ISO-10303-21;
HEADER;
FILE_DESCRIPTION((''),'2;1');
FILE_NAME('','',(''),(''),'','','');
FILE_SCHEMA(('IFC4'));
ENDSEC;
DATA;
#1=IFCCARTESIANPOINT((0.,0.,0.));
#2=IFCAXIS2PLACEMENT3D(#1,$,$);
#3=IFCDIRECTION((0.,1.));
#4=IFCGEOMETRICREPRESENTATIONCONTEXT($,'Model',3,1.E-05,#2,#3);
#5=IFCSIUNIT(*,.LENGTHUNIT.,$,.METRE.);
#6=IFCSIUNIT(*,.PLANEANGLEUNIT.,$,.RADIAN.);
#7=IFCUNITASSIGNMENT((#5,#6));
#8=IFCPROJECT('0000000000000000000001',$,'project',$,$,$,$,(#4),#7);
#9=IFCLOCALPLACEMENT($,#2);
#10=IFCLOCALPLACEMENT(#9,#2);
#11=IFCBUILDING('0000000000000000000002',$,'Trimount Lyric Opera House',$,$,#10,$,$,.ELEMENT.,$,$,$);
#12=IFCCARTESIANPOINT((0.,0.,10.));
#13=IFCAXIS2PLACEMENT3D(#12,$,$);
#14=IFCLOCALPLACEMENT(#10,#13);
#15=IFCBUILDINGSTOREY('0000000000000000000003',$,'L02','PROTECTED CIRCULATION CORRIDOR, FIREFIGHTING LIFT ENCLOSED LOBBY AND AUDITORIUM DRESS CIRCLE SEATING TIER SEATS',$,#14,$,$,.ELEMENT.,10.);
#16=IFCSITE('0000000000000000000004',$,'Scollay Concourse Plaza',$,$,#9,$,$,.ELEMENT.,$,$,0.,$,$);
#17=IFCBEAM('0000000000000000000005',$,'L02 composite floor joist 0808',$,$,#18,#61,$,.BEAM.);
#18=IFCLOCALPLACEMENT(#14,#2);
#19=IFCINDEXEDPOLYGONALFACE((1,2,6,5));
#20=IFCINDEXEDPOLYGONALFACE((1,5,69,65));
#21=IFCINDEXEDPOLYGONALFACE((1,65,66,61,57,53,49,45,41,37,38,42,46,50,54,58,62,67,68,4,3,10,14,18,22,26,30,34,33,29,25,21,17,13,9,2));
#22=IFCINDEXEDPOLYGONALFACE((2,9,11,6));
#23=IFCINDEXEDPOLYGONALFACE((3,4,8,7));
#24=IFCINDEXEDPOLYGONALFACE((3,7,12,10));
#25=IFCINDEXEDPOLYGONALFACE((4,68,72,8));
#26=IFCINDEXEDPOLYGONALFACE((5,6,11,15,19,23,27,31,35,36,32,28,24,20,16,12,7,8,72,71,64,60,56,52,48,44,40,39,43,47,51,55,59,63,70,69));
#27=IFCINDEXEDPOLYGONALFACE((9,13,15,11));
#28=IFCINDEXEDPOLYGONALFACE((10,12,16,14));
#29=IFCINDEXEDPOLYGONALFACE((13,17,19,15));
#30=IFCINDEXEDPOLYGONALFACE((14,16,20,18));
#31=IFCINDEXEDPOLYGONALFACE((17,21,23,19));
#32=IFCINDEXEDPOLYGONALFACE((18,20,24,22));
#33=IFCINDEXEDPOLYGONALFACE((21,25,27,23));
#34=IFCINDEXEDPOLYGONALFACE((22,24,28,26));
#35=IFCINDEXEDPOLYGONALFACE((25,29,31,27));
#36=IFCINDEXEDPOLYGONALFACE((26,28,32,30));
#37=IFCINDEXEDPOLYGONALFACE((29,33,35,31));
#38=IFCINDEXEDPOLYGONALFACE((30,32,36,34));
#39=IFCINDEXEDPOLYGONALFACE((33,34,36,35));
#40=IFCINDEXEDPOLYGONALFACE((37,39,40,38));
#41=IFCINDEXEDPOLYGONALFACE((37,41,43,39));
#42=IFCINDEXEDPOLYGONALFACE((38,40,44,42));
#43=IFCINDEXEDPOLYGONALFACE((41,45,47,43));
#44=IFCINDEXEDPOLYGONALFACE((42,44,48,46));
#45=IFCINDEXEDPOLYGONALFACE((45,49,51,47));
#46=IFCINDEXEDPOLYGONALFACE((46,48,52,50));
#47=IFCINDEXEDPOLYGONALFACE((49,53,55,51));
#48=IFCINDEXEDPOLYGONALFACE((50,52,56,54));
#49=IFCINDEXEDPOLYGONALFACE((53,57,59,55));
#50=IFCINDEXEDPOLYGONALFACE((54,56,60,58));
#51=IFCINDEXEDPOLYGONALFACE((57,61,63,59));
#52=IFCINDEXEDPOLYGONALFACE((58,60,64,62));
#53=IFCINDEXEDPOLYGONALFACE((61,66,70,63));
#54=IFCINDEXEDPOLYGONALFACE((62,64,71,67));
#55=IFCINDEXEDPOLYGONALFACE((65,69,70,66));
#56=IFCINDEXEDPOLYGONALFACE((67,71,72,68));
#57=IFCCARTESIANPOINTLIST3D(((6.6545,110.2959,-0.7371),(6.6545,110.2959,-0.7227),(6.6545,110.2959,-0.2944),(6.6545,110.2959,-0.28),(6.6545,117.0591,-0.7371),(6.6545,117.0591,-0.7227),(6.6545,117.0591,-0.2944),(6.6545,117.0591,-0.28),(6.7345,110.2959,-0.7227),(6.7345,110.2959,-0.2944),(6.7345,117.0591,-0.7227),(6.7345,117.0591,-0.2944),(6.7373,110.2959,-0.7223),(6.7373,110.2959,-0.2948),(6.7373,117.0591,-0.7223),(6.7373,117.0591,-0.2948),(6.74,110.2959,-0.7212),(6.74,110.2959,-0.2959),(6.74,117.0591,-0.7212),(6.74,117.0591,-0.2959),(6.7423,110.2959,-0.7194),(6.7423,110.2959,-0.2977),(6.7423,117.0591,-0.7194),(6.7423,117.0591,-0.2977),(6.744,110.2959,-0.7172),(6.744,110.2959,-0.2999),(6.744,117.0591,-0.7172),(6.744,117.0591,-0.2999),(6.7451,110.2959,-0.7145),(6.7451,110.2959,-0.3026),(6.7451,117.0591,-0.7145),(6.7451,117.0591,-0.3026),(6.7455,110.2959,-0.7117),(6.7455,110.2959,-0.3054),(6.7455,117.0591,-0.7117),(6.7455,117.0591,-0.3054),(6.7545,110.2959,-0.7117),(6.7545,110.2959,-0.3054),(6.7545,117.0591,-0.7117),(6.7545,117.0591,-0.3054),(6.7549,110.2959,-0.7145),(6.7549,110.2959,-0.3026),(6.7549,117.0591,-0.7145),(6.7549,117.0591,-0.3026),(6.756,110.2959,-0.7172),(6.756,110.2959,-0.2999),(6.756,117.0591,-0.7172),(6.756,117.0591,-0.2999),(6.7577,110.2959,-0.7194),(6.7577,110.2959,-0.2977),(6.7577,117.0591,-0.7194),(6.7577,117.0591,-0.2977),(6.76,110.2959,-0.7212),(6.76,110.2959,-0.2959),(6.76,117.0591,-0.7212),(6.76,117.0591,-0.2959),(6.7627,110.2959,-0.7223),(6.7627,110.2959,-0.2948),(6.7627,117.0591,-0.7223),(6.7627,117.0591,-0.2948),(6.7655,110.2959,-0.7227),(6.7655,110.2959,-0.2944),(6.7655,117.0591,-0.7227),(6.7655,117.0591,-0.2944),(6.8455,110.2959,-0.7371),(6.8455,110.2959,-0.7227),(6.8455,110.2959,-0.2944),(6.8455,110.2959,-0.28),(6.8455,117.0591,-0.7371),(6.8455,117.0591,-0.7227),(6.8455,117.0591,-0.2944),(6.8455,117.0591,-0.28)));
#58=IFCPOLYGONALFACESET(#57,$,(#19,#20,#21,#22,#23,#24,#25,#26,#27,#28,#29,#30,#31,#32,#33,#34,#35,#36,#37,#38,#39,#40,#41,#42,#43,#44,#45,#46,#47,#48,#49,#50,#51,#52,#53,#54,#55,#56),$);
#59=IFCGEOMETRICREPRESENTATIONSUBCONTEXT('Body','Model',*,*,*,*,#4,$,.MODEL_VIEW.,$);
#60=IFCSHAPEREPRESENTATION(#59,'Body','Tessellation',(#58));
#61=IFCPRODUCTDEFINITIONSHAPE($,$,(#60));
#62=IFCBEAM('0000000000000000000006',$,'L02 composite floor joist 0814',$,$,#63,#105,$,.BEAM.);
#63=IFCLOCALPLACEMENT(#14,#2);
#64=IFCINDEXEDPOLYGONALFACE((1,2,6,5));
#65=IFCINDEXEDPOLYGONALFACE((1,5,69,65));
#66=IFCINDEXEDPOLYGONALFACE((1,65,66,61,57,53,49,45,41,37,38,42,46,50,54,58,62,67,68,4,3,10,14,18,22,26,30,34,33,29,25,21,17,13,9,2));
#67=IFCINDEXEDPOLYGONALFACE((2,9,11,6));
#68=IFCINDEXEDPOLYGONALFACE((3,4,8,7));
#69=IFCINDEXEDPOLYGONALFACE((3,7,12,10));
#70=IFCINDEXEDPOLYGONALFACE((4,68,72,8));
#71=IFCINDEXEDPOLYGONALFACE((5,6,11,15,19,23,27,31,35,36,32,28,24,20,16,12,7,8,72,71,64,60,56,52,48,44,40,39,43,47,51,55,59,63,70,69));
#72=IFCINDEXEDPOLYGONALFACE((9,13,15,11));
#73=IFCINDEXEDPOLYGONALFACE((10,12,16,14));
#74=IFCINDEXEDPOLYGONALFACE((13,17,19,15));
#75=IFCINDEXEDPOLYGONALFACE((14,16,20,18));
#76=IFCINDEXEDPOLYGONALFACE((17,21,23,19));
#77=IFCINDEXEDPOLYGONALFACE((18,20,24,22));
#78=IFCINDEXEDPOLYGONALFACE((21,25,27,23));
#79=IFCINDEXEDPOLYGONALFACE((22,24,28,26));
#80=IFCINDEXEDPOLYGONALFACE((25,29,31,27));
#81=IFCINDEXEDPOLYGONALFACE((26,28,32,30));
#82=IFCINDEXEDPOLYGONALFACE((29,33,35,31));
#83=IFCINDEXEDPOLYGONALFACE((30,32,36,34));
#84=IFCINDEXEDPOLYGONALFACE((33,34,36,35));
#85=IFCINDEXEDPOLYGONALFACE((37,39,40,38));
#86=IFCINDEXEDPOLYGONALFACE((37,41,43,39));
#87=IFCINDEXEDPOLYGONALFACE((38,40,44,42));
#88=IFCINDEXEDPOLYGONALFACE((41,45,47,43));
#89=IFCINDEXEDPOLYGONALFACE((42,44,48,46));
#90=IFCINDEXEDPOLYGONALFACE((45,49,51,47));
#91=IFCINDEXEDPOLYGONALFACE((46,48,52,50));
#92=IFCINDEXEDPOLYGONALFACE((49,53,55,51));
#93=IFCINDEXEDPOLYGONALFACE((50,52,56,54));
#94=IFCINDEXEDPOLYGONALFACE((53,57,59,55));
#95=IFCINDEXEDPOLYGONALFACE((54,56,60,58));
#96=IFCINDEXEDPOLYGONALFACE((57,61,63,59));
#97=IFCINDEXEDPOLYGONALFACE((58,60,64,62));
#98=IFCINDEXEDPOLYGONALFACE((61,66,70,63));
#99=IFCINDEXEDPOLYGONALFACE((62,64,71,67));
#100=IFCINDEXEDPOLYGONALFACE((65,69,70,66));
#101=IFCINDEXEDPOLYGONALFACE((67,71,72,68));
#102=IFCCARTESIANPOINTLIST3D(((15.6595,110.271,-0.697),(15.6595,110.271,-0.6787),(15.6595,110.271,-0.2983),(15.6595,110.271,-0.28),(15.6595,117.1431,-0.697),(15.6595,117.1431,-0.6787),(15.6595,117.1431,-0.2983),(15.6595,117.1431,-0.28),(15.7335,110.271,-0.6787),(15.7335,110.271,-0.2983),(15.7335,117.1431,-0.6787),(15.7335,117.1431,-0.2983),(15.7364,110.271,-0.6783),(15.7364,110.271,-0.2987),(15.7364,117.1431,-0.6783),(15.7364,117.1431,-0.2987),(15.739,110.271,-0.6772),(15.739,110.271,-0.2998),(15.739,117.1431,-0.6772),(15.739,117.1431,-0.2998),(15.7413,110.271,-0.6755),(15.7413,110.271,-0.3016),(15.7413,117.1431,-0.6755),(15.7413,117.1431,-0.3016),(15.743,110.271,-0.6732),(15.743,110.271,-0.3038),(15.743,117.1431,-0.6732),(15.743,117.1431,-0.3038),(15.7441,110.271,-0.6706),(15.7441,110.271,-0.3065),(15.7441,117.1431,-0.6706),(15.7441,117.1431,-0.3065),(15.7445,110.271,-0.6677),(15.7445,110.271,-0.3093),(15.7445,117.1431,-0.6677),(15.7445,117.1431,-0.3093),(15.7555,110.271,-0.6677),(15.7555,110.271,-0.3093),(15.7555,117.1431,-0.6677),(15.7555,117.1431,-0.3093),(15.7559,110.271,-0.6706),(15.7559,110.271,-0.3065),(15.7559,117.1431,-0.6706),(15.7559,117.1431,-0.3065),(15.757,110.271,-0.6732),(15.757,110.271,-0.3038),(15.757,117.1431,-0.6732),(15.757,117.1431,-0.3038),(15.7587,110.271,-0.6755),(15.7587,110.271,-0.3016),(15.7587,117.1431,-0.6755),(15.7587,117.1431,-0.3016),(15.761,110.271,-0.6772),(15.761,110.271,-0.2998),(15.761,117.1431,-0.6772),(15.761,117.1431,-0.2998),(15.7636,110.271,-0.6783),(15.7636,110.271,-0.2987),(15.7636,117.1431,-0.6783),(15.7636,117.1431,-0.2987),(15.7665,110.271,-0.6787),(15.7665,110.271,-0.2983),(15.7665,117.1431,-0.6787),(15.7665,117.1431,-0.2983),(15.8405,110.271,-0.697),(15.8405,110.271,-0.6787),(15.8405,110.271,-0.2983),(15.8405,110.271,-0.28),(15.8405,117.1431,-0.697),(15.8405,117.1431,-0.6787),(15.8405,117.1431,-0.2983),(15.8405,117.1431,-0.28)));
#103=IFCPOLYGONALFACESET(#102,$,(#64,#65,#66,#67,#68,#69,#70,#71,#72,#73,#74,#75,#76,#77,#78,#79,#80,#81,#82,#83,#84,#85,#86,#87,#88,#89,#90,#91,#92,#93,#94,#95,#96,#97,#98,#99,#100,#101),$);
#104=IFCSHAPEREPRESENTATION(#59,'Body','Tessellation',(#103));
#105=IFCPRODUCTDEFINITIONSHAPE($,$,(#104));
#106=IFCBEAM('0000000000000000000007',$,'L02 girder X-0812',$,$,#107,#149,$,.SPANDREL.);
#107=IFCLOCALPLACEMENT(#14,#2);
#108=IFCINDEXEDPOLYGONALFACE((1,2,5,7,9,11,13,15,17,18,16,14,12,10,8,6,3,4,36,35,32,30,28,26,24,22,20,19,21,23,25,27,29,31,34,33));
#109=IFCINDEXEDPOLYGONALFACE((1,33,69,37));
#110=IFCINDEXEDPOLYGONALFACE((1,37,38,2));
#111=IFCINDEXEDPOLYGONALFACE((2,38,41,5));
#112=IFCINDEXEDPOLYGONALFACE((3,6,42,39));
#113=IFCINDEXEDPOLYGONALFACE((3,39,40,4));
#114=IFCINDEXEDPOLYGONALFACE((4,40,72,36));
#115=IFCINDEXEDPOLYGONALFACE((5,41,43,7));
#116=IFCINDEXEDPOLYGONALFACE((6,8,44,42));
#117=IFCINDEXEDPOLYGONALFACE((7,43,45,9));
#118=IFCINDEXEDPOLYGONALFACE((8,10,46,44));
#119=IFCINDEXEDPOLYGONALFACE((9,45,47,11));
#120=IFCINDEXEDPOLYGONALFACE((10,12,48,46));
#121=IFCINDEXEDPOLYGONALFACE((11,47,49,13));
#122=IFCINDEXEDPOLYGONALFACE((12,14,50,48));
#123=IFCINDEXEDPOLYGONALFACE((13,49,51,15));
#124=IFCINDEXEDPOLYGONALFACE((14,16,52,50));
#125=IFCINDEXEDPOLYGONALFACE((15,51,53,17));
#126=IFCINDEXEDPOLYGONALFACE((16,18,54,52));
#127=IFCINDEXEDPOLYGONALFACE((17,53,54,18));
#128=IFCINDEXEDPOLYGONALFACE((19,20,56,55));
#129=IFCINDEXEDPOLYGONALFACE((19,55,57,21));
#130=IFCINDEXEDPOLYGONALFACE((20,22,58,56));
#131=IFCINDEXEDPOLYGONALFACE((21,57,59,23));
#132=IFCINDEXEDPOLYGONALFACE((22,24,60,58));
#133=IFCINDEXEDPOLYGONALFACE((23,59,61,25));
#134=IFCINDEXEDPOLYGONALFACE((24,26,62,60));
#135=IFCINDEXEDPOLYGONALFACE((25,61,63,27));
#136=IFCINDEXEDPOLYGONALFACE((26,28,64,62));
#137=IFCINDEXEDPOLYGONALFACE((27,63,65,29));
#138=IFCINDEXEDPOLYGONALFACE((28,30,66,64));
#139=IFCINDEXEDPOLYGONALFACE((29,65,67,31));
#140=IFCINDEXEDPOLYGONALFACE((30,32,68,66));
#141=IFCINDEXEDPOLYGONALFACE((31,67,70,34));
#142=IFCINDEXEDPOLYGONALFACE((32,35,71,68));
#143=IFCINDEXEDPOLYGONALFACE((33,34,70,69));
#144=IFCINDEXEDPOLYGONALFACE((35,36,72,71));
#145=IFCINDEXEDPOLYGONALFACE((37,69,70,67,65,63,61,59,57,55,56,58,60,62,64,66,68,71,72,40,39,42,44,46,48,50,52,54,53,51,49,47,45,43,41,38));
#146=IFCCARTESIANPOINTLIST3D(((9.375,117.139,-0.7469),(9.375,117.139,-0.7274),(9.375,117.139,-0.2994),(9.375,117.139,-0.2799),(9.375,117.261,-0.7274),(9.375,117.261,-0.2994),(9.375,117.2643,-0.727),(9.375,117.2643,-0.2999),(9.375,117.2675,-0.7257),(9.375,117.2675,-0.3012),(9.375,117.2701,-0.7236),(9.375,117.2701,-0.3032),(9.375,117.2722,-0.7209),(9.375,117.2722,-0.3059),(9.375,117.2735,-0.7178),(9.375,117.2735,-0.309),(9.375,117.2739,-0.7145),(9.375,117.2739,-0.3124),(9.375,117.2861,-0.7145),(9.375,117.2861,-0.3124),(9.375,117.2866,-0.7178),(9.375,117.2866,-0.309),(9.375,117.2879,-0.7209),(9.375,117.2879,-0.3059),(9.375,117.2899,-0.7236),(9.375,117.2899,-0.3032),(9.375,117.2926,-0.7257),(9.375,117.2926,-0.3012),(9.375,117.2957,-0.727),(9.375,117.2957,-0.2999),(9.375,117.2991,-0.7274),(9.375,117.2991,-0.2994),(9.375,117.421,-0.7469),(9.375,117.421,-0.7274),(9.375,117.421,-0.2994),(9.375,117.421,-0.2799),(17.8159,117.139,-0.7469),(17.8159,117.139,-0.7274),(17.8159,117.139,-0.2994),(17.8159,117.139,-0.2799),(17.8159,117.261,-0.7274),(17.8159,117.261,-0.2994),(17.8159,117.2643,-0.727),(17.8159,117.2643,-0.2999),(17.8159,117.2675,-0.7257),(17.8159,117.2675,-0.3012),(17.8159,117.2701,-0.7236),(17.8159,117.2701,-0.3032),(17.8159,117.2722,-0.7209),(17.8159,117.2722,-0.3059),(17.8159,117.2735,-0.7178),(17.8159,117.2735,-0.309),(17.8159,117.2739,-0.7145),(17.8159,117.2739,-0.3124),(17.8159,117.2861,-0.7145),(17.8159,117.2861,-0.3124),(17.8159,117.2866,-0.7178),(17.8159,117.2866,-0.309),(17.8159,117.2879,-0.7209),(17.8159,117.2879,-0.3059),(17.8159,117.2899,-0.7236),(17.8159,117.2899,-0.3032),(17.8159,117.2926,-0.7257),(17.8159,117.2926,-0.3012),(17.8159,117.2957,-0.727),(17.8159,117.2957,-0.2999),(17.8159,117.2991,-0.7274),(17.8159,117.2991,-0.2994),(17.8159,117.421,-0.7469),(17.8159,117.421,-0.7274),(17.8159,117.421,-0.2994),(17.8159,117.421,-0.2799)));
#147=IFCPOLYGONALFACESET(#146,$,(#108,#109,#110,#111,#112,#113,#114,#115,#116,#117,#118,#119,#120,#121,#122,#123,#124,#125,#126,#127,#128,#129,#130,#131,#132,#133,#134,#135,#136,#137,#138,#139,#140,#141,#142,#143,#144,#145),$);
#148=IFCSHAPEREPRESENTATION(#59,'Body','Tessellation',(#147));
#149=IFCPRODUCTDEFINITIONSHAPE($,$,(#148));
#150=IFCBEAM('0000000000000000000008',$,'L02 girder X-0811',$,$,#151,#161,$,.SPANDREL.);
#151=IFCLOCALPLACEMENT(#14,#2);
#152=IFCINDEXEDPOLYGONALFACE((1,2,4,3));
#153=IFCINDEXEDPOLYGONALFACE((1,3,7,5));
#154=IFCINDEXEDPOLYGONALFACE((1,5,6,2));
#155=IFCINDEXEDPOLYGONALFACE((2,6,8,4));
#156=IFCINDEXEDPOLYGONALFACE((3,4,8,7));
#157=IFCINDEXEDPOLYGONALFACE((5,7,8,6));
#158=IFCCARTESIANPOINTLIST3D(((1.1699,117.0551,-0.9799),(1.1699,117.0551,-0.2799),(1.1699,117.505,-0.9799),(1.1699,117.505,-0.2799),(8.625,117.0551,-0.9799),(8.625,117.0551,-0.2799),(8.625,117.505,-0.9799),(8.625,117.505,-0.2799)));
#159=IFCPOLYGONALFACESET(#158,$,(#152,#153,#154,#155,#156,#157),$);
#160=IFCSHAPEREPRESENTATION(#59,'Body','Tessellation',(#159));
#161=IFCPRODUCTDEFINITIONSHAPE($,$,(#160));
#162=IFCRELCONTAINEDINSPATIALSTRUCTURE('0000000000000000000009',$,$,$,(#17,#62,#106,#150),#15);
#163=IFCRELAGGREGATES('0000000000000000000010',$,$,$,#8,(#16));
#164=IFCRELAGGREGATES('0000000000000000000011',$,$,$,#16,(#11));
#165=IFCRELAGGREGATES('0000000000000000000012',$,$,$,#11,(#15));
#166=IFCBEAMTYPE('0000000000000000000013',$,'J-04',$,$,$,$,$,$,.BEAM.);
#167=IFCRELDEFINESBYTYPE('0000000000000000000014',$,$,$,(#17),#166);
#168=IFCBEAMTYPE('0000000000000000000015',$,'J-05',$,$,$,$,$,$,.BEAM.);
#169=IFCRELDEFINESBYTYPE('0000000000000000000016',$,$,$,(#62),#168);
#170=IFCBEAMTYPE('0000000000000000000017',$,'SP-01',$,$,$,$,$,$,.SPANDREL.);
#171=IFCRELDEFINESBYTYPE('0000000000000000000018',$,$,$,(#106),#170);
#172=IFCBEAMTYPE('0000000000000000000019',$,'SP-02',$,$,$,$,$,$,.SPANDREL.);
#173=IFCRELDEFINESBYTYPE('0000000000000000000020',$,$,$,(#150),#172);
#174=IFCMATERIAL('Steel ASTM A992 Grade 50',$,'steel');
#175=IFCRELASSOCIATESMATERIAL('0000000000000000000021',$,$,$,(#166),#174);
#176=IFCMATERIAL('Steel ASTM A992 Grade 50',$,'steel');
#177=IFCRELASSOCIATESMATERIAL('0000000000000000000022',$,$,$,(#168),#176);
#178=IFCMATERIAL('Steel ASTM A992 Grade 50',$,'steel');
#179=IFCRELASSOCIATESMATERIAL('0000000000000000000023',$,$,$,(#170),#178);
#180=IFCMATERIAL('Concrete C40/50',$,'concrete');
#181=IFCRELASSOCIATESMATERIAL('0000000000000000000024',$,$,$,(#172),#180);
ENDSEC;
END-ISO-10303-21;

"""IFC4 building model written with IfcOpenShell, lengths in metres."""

from ifc_helpers import new_model, si_unit, direction, frame, origin, origin_2d, place, context, subcontext, project, spatial, rectangle, i_section, extrude, material, material_profile, profile_set, type_object, element, save


model = new_model("IFC4")

# Units and contexts
model_context = context("Model", 3, precision=1e-05, world=origin(), true_north=direction((0.0, 1.0)))
body_context = subcontext(model_context, "Body", "Model", "MODEL_VIEW")
ifc_project = project(units=[si_unit("LENGTHUNIT", "METRE"), si_unit("PLANEANGLEUNIT", "RADIAN")], contexts=[model_context])

# Site, building, storey
site_placement = place(None, origin())
site = spatial("IfcSite", under=ifc_project, at=site_placement, Name="Scollay Concourse Plaza", CompositionType="ELEMENT", RefElevation=0.0)
building_placement = place(site_placement, origin())
building = spatial("IfcBuilding", under=site, at=building_placement, Name="Trimount Lyric Opera House", CompositionType="ELEMENT")
storey_placement = place(building_placement, frame((0.0, 0.0, 10.0)))
storey = spatial("IfcBuildingStorey", under=building, at=storey_placement, Name="L02", Description="PROTECTED CIRCULATION CORRIDOR, FIREFIGHTING LIFT ENCLOSED LOBBY AND AUDITORIUM DRESS CIRCLE SEATING TIER SEATS", CompositionType="ELEMENT", Elevation=10.0)

# Beams
ifc_material_1 = material(Name="Steel ASTM A992 Grade 50", Category="steel")
ifc_material_profile_1 = material_profile(ifc_material_1, i_section(OverallWidth=0.1909, OverallDepth=0.457, WebThickness=0.009, FlangeThickness=0.0144, FilletRadius=0.011, at=origin_2d()), Name="W18X50")
ifc_profile_set_1 = profile_set([ifc_material_profile_1], Name="Steel ASTM A992 Grade 50")
beam_type_1 = type_object("IfcBeamType", Name="J-04", PredefinedType="BEAM", material=ifc_profile_set_1)
beam_1_placement = place(storey_placement, frame((6.75, 110.2959, -0.5085), z_axis=(0.0, 1.0, 0.0), x_axis=(-1.0, 0.0, 0.0)))
element("IfcBeam", 1, at=beam_1_placement, inside=storey, type_object=beam_type_1, Name="L02 composite floor joist 0808", PredefinedType="BEAM", context=body_context, shape_type="SweptSolid", body=[
    extrude(i_section(OverallWidth=0.1909, OverallDepth=0.457, WebThickness=0.009, FlangeThickness=0.0144, FilletRadius=0.011, at=origin_2d()), origin(), (0.0, 0.0, 1.0), 6.7632),
])
ifc_material_2 = material(Name="Steel ASTM A992 Grade 50", Category="steel")
ifc_material_profile_2 = material_profile(ifc_material_2, i_section(OverallWidth=0.1809, OverallDepth=0.417, WebThickness=0.011, FlangeThickness=0.0183, FilletRadius=0.011, at=origin_2d()), Name="W16X57")
ifc_profile_set_2 = profile_set([ifc_material_profile_2], Name="Steel ASTM A992 Grade 50")
beam_type_2 = type_object("IfcBeamType", Name="J-05", PredefinedType="BEAM", material=ifc_profile_set_2)
beam_2_placement = place(storey_placement, frame((15.75, 110.271, -0.4885), z_axis=(0.0, 1.0, 0.0), x_axis=(-1.0, 0.0, 0.0)))
element("IfcBeam", 2, at=beam_2_placement, inside=storey, type_object=beam_type_2, Name="L02 composite floor joist 0814", PredefinedType="BEAM", context=body_context, shape_type="SweptSolid", body=[
    extrude(i_section(OverallWidth=0.1809, OverallDepth=0.417, WebThickness=0.011, FlangeThickness=0.0183, FilletRadius=0.011, at=origin_2d()), origin(), (0.0, 0.0, 1.0), 6.8721),
])
ifc_material_3 = material(Name="Steel ASTM A992 Grade 50", Category="steel")
ifc_material_profile_3 = material_profile(ifc_material_3, i_section(OverallWidth=0.282, OverallDepth=0.467, WebThickness=0.0122, FlangeThickness=0.0195, FilletRadius=0.0129, at=origin_2d()), Name="W18X86")
ifc_profile_set_3 = profile_set([ifc_material_profile_3], Name="Steel ASTM A992 Grade 50")
beam_type_3 = type_object("IfcBeamType", Name="SP-01", PredefinedType="SPANDREL", material=ifc_profile_set_3)
beam_3_placement = place(storey_placement, frame((9.375, 117.28, -0.5134), z_axis=(1.0, 0.0, 0.0), x_axis=(0.0, 1.0, 0.0)))
element("IfcBeam", 3, at=beam_3_placement, inside=storey, type_object=beam_type_3, Name="L02 girder X-0812", PredefinedType="SPANDREL", context=body_context, shape_type="SweptSolid", body=[
    extrude(i_section(OverallWidth=0.282, OverallDepth=0.467, WebThickness=0.0122, FlangeThickness=0.0195, FilletRadius=0.0129, at=origin_2d()), origin(), (0.0, 0.0, 1.0), 8.4409),
])
ifc_material_4 = material(Name="Concrete C40/50", Category="concrete")
ifc_material_profile_4 = material_profile(ifc_material_4, rectangle(XDim=0.45, YDim=0.7, at=origin_2d()), Name="RC450X700")
ifc_profile_set_4 = profile_set([ifc_material_profile_4], Name="Concrete C40/50")
beam_type_4 = type_object("IfcBeamType", Name="SP-02", PredefinedType="SPANDREL", material=ifc_profile_set_4)
beam_4_placement = place(storey_placement, frame((1.1699, 117.28, -0.6299), z_axis=(1.0, 0.0, 0.0), x_axis=(0.0, 1.0, 0.0)))
element("IfcBeam", 4, at=beam_4_placement, inside=storey, type_object=beam_type_4, Name="L02 girder X-0811", PredefinedType="SPANDREL", context=body_context, shape_type="SweptSolid", body=[
    extrude(rectangle(XDim=0.45, YDim=0.7, at=origin_2d()), origin(), (0.0, 0.0, 1.0), 7.4551),
])

save(model, "model.ifc")
